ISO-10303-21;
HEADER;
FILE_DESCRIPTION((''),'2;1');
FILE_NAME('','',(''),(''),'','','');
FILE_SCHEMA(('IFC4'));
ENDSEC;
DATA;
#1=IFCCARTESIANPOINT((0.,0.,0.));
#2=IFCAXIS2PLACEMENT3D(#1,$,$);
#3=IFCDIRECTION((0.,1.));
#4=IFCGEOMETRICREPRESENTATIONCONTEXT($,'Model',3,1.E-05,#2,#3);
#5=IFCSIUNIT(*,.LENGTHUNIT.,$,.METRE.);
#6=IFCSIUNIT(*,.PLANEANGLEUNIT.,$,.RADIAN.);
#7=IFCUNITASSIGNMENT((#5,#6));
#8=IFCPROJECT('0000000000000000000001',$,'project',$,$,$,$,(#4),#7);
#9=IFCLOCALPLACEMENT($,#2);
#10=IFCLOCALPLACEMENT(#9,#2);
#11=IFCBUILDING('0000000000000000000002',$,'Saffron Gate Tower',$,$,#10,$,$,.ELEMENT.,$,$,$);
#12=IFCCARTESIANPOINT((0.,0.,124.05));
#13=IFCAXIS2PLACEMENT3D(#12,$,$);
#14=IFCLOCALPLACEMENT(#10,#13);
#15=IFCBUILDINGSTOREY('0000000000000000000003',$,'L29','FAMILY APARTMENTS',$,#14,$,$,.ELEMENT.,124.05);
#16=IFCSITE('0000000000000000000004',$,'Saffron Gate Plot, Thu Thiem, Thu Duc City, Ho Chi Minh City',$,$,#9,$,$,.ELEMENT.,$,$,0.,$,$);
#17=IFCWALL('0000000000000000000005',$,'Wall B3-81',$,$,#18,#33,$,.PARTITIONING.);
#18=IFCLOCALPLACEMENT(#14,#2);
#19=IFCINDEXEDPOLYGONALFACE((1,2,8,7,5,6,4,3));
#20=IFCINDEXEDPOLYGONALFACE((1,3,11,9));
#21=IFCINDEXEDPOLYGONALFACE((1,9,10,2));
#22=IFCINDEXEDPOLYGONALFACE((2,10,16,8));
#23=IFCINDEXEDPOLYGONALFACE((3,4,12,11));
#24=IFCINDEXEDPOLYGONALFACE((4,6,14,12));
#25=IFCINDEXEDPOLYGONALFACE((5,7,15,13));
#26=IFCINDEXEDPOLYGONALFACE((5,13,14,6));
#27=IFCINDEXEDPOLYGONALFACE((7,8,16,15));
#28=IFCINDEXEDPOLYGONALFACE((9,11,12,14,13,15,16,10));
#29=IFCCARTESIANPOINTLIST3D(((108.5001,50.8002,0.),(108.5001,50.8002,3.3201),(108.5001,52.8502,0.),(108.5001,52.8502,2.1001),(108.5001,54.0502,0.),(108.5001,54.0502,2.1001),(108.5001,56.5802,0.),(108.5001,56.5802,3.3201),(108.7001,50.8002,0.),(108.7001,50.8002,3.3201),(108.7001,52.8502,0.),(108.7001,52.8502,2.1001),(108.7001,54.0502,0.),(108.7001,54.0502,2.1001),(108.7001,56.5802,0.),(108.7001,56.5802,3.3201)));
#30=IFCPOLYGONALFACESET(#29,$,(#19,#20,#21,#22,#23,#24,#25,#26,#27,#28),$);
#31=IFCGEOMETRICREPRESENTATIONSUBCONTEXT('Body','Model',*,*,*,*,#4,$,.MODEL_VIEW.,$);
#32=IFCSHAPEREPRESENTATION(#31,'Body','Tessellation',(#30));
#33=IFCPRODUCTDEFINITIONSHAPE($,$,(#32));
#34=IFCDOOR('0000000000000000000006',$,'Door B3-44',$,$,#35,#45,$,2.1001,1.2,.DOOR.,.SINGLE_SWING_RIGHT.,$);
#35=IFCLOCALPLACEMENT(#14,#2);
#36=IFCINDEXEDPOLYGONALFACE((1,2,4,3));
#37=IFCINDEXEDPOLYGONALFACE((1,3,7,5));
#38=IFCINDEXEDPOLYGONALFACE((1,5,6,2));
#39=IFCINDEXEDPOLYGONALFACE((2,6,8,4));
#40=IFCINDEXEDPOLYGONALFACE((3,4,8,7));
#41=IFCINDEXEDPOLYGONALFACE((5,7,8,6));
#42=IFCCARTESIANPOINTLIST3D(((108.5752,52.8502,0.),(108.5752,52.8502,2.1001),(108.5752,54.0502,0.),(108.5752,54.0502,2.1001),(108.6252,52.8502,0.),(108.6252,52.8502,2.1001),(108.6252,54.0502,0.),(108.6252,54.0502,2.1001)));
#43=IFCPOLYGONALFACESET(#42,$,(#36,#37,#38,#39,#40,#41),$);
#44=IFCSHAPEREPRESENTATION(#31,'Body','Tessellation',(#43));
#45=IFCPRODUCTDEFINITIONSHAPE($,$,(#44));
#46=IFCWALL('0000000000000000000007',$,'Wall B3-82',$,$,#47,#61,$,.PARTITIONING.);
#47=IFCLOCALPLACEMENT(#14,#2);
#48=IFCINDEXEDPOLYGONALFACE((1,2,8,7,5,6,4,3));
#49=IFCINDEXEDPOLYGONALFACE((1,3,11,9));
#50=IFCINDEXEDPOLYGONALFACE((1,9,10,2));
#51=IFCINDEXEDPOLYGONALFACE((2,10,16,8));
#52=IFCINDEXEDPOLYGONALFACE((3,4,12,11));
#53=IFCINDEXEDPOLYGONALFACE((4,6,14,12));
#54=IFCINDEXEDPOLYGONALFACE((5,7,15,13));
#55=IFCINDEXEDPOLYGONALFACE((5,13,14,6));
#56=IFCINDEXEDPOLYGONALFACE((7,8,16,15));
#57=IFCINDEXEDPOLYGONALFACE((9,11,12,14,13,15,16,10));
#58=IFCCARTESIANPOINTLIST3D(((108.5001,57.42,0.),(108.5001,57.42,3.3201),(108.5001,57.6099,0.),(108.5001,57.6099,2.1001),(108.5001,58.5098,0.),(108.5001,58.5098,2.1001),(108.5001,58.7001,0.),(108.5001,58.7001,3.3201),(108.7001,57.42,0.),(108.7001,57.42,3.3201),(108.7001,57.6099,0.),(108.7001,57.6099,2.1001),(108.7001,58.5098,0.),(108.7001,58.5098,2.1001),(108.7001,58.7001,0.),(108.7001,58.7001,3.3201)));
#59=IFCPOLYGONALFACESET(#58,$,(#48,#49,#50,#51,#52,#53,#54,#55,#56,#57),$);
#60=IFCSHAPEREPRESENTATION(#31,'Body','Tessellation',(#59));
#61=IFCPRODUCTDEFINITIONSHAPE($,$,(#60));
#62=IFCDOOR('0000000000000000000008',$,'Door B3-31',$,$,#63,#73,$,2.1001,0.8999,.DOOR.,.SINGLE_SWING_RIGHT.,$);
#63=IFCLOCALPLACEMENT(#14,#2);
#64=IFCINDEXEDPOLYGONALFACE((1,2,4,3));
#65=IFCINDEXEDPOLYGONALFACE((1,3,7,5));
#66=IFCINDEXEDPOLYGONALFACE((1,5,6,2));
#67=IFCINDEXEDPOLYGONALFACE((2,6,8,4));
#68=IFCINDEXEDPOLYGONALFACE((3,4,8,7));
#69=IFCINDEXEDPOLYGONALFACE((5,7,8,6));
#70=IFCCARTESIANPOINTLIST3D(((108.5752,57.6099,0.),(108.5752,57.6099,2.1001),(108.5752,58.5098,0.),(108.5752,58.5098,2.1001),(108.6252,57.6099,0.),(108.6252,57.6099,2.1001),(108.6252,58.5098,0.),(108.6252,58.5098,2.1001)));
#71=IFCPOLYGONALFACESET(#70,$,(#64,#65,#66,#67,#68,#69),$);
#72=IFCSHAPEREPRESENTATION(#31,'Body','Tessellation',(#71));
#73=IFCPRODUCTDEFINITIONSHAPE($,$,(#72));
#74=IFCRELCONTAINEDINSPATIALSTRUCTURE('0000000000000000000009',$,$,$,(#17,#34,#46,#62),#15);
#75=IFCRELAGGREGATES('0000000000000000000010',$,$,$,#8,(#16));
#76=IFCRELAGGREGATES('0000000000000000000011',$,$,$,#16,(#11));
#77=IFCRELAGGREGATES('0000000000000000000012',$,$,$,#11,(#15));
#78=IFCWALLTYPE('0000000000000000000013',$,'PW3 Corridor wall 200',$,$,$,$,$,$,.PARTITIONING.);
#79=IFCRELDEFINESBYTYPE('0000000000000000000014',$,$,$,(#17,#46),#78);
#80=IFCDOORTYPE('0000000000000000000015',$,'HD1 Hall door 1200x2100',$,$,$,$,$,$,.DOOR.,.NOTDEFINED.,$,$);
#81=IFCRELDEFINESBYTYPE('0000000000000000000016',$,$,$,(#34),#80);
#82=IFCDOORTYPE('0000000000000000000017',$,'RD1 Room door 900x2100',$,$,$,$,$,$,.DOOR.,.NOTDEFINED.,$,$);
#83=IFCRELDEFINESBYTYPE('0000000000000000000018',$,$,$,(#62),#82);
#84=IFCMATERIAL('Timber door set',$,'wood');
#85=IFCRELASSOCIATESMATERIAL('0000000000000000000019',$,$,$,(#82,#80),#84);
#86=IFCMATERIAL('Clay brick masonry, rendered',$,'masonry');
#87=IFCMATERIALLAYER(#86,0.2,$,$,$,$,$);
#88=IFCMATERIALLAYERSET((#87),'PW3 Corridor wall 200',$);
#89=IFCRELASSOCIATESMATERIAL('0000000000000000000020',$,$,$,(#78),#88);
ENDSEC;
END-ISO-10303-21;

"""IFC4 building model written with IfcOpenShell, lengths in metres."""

from ifc_helpers import new_model, si_unit, direction, frame, frame_2d, origin, place, context, subcontext, project, spatial, rectangle, extrude, material, layer, layer_set, type_object, element, fill, save


model = new_model("IFC4")

# Units and contexts
model_context = context("Model", 3, precision=1e-05, world=origin(), true_north=direction((0.0, 1.0)))
body_context = subcontext(model_context, "Body", "Model", "MODEL_VIEW")
ifc_project = project(units=[si_unit("LENGTHUNIT", "METRE"), si_unit("PLANEANGLEUNIT", "RADIAN")], contexts=[model_context])

# Site, building, storey
site_placement = place(None, origin())
site = spatial("IfcSite", under=ifc_project, at=site_placement, Name="Saffron Gate Plot, Thu Thiem, Thu Duc City, Ho Chi Minh City", CompositionType="ELEMENT", RefElevation=0.0)
building_placement = place(site_placement, origin())
building = spatial("IfcBuilding", under=site, at=building_placement, Name="Saffron Gate Tower", CompositionType="ELEMENT")
storey_placement = place(building_placement, frame((0.0, 0.0, 124.05)))
storey = spatial("IfcBuildingStorey", under=building, at=storey_placement, Name="L29", Description="FAMILY APARTMENTS", CompositionType="ELEMENT", Elevation=124.05)

# Shared definitions
ifc_material_1 = material(Name="Timber door set", Category="wood")

# Shared definitions
door_type_1 = type_object("IfcDoorType", Name="RD1 Room door 900x2100", OperationType="NOTDEFINED", PredefinedType="DOOR", material=ifc_material_1)

# Shared definitions
ifc_material_2 = material(Name="Clay brick masonry, rendered", Category="masonry")

# Walls, openings, doors
ifc_layer_1 = layer(ifc_material_2, 0.2)
ifc_layer_set_1 = layer_set([ifc_layer_1], Name="PW3 Corridor wall 200")
wall_type_1 = type_object("IfcWallType", Name="PW3 Corridor wall 200", PredefinedType="PARTITIONING", material=ifc_layer_set_1)
wall_1_placement = place(storey_placement, frame((108.6001, 50.8, 0.0), z_axis=(0.0, 0.0, 1.0), x_axis=(0.0, 1.0, 0.0)))
wall_1 = element("IfcWall", 1, at=wall_1_placement, inside=storey, type_object=wall_type_1, Name="Wall B3-81", PredefinedType="PARTITIONING", context=body_context, shape_type="SweptSolid", body=[
    extrude(rectangle(XDim=5.78, YDim=0.2, at=frame_2d((2.8901, 0.0))), origin(), (0.0, 0.0, 1.0), 3.3201),
])
opening_1_placement = place(wall_1_placement, frame((2.05, 0.0, 0.0)))
opening_1 = element("IfcOpeningElement", 2, at=opening_1_placement, cuts=wall_1, PredefinedType="OPENING", context=body_context, shape_type="SweptSolid", body=[
    extrude(rectangle(XDim=1.2, YDim=2.1001, at=frame_2d((0.6001, 1.05))), frame((0.0, 0.1099, 0.0), z_axis=(0.0, -1.0, 0.0), x_axis=(1.0, 0.0, 0.0)), (0.0, 0.0, 1.0), 0.22),
])
door_type_2 = type_object("IfcDoorType", Name="HD1 Hall door 1200x2100", OperationType="NOTDEFINED", PredefinedType="DOOR", material=ifc_material_1)
door_1_placement = place(opening_1_placement, origin())
door_1 = element("IfcDoor", 3, at=door_1_placement, inside=storey, type_object=door_type_2, Name="Door B3-44", OperationType="SINGLE_SWING_RIGHT", OverallHeight=2.1001, OverallWidth=1.2, PredefinedType="DOOR", context=body_context, shape_type="SweptSolid", body=[
    extrude(rectangle(XDim=1.2, YDim=2.1001, at=frame_2d((0.6001, 1.05))), frame((0.0, 0.0249, 0.0), z_axis=(0.0, -1.0, 0.0), x_axis=(1.0, 0.0, 0.0)), (0.0, 0.0, 1.0), 0.05),
])
fill(opening_1, door_1)
wall_2_placement = place(storey_placement, frame((108.6001, 57.4199, 0.0), z_axis=(0.0, 0.0, 1.0), x_axis=(0.0, 1.0, 0.0)))
wall_2 = element("IfcWall", 4, at=wall_2_placement, inside=storey, type_object=wall_type_1, Name="Wall B3-82", PredefinedType="PARTITIONING", context=body_context, shape_type="SweptSolid", body=[
    extrude(rectangle(XDim=1.28, YDim=0.2, at=frame_2d((0.6401, 0.0))), origin(), (0.0, 0.0, 1.0), 3.3201),
])
opening_2_placement = place(wall_2_placement, frame((0.1899, 0.0, 0.0)))
opening_2 = element("IfcOpeningElement", 5, at=opening_2_placement, cuts=wall_2, PredefinedType="OPENING", context=body_context, shape_type="SweptSolid", body=[
    extrude(rectangle(XDim=0.8999, YDim=2.1001, at=frame_2d((0.45, 1.05))), frame((0.0, 0.1099, 0.0), z_axis=(0.0, -1.0, 0.0), x_axis=(1.0, 0.0, 0.0)), (0.0, 0.0, 1.0), 0.22),
])
door_2_placement = place(opening_2_placement, origin())
door_2 = element("IfcDoor", 6, at=door_2_placement, inside=storey, type_object=door_type_1, Name="Door B3-31", OperationType="SINGLE_SWING_RIGHT", OverallHeight=2.1001, OverallWidth=0.8999, PredefinedType="DOOR", context=body_context, shape_type="SweptSolid", body=[
    extrude(rectangle(XDim=0.8999, YDim=2.1001, at=frame_2d((0.45, 1.05))), frame((0.0, 0.0249, 0.0), z_axis=(0.0, -1.0, 0.0), x_axis=(1.0, 0.0, 0.0)), (0.0, 0.0, 1.0), 0.05),
])
fill(opening_2, door_2)

save(model, "model.ifc")
